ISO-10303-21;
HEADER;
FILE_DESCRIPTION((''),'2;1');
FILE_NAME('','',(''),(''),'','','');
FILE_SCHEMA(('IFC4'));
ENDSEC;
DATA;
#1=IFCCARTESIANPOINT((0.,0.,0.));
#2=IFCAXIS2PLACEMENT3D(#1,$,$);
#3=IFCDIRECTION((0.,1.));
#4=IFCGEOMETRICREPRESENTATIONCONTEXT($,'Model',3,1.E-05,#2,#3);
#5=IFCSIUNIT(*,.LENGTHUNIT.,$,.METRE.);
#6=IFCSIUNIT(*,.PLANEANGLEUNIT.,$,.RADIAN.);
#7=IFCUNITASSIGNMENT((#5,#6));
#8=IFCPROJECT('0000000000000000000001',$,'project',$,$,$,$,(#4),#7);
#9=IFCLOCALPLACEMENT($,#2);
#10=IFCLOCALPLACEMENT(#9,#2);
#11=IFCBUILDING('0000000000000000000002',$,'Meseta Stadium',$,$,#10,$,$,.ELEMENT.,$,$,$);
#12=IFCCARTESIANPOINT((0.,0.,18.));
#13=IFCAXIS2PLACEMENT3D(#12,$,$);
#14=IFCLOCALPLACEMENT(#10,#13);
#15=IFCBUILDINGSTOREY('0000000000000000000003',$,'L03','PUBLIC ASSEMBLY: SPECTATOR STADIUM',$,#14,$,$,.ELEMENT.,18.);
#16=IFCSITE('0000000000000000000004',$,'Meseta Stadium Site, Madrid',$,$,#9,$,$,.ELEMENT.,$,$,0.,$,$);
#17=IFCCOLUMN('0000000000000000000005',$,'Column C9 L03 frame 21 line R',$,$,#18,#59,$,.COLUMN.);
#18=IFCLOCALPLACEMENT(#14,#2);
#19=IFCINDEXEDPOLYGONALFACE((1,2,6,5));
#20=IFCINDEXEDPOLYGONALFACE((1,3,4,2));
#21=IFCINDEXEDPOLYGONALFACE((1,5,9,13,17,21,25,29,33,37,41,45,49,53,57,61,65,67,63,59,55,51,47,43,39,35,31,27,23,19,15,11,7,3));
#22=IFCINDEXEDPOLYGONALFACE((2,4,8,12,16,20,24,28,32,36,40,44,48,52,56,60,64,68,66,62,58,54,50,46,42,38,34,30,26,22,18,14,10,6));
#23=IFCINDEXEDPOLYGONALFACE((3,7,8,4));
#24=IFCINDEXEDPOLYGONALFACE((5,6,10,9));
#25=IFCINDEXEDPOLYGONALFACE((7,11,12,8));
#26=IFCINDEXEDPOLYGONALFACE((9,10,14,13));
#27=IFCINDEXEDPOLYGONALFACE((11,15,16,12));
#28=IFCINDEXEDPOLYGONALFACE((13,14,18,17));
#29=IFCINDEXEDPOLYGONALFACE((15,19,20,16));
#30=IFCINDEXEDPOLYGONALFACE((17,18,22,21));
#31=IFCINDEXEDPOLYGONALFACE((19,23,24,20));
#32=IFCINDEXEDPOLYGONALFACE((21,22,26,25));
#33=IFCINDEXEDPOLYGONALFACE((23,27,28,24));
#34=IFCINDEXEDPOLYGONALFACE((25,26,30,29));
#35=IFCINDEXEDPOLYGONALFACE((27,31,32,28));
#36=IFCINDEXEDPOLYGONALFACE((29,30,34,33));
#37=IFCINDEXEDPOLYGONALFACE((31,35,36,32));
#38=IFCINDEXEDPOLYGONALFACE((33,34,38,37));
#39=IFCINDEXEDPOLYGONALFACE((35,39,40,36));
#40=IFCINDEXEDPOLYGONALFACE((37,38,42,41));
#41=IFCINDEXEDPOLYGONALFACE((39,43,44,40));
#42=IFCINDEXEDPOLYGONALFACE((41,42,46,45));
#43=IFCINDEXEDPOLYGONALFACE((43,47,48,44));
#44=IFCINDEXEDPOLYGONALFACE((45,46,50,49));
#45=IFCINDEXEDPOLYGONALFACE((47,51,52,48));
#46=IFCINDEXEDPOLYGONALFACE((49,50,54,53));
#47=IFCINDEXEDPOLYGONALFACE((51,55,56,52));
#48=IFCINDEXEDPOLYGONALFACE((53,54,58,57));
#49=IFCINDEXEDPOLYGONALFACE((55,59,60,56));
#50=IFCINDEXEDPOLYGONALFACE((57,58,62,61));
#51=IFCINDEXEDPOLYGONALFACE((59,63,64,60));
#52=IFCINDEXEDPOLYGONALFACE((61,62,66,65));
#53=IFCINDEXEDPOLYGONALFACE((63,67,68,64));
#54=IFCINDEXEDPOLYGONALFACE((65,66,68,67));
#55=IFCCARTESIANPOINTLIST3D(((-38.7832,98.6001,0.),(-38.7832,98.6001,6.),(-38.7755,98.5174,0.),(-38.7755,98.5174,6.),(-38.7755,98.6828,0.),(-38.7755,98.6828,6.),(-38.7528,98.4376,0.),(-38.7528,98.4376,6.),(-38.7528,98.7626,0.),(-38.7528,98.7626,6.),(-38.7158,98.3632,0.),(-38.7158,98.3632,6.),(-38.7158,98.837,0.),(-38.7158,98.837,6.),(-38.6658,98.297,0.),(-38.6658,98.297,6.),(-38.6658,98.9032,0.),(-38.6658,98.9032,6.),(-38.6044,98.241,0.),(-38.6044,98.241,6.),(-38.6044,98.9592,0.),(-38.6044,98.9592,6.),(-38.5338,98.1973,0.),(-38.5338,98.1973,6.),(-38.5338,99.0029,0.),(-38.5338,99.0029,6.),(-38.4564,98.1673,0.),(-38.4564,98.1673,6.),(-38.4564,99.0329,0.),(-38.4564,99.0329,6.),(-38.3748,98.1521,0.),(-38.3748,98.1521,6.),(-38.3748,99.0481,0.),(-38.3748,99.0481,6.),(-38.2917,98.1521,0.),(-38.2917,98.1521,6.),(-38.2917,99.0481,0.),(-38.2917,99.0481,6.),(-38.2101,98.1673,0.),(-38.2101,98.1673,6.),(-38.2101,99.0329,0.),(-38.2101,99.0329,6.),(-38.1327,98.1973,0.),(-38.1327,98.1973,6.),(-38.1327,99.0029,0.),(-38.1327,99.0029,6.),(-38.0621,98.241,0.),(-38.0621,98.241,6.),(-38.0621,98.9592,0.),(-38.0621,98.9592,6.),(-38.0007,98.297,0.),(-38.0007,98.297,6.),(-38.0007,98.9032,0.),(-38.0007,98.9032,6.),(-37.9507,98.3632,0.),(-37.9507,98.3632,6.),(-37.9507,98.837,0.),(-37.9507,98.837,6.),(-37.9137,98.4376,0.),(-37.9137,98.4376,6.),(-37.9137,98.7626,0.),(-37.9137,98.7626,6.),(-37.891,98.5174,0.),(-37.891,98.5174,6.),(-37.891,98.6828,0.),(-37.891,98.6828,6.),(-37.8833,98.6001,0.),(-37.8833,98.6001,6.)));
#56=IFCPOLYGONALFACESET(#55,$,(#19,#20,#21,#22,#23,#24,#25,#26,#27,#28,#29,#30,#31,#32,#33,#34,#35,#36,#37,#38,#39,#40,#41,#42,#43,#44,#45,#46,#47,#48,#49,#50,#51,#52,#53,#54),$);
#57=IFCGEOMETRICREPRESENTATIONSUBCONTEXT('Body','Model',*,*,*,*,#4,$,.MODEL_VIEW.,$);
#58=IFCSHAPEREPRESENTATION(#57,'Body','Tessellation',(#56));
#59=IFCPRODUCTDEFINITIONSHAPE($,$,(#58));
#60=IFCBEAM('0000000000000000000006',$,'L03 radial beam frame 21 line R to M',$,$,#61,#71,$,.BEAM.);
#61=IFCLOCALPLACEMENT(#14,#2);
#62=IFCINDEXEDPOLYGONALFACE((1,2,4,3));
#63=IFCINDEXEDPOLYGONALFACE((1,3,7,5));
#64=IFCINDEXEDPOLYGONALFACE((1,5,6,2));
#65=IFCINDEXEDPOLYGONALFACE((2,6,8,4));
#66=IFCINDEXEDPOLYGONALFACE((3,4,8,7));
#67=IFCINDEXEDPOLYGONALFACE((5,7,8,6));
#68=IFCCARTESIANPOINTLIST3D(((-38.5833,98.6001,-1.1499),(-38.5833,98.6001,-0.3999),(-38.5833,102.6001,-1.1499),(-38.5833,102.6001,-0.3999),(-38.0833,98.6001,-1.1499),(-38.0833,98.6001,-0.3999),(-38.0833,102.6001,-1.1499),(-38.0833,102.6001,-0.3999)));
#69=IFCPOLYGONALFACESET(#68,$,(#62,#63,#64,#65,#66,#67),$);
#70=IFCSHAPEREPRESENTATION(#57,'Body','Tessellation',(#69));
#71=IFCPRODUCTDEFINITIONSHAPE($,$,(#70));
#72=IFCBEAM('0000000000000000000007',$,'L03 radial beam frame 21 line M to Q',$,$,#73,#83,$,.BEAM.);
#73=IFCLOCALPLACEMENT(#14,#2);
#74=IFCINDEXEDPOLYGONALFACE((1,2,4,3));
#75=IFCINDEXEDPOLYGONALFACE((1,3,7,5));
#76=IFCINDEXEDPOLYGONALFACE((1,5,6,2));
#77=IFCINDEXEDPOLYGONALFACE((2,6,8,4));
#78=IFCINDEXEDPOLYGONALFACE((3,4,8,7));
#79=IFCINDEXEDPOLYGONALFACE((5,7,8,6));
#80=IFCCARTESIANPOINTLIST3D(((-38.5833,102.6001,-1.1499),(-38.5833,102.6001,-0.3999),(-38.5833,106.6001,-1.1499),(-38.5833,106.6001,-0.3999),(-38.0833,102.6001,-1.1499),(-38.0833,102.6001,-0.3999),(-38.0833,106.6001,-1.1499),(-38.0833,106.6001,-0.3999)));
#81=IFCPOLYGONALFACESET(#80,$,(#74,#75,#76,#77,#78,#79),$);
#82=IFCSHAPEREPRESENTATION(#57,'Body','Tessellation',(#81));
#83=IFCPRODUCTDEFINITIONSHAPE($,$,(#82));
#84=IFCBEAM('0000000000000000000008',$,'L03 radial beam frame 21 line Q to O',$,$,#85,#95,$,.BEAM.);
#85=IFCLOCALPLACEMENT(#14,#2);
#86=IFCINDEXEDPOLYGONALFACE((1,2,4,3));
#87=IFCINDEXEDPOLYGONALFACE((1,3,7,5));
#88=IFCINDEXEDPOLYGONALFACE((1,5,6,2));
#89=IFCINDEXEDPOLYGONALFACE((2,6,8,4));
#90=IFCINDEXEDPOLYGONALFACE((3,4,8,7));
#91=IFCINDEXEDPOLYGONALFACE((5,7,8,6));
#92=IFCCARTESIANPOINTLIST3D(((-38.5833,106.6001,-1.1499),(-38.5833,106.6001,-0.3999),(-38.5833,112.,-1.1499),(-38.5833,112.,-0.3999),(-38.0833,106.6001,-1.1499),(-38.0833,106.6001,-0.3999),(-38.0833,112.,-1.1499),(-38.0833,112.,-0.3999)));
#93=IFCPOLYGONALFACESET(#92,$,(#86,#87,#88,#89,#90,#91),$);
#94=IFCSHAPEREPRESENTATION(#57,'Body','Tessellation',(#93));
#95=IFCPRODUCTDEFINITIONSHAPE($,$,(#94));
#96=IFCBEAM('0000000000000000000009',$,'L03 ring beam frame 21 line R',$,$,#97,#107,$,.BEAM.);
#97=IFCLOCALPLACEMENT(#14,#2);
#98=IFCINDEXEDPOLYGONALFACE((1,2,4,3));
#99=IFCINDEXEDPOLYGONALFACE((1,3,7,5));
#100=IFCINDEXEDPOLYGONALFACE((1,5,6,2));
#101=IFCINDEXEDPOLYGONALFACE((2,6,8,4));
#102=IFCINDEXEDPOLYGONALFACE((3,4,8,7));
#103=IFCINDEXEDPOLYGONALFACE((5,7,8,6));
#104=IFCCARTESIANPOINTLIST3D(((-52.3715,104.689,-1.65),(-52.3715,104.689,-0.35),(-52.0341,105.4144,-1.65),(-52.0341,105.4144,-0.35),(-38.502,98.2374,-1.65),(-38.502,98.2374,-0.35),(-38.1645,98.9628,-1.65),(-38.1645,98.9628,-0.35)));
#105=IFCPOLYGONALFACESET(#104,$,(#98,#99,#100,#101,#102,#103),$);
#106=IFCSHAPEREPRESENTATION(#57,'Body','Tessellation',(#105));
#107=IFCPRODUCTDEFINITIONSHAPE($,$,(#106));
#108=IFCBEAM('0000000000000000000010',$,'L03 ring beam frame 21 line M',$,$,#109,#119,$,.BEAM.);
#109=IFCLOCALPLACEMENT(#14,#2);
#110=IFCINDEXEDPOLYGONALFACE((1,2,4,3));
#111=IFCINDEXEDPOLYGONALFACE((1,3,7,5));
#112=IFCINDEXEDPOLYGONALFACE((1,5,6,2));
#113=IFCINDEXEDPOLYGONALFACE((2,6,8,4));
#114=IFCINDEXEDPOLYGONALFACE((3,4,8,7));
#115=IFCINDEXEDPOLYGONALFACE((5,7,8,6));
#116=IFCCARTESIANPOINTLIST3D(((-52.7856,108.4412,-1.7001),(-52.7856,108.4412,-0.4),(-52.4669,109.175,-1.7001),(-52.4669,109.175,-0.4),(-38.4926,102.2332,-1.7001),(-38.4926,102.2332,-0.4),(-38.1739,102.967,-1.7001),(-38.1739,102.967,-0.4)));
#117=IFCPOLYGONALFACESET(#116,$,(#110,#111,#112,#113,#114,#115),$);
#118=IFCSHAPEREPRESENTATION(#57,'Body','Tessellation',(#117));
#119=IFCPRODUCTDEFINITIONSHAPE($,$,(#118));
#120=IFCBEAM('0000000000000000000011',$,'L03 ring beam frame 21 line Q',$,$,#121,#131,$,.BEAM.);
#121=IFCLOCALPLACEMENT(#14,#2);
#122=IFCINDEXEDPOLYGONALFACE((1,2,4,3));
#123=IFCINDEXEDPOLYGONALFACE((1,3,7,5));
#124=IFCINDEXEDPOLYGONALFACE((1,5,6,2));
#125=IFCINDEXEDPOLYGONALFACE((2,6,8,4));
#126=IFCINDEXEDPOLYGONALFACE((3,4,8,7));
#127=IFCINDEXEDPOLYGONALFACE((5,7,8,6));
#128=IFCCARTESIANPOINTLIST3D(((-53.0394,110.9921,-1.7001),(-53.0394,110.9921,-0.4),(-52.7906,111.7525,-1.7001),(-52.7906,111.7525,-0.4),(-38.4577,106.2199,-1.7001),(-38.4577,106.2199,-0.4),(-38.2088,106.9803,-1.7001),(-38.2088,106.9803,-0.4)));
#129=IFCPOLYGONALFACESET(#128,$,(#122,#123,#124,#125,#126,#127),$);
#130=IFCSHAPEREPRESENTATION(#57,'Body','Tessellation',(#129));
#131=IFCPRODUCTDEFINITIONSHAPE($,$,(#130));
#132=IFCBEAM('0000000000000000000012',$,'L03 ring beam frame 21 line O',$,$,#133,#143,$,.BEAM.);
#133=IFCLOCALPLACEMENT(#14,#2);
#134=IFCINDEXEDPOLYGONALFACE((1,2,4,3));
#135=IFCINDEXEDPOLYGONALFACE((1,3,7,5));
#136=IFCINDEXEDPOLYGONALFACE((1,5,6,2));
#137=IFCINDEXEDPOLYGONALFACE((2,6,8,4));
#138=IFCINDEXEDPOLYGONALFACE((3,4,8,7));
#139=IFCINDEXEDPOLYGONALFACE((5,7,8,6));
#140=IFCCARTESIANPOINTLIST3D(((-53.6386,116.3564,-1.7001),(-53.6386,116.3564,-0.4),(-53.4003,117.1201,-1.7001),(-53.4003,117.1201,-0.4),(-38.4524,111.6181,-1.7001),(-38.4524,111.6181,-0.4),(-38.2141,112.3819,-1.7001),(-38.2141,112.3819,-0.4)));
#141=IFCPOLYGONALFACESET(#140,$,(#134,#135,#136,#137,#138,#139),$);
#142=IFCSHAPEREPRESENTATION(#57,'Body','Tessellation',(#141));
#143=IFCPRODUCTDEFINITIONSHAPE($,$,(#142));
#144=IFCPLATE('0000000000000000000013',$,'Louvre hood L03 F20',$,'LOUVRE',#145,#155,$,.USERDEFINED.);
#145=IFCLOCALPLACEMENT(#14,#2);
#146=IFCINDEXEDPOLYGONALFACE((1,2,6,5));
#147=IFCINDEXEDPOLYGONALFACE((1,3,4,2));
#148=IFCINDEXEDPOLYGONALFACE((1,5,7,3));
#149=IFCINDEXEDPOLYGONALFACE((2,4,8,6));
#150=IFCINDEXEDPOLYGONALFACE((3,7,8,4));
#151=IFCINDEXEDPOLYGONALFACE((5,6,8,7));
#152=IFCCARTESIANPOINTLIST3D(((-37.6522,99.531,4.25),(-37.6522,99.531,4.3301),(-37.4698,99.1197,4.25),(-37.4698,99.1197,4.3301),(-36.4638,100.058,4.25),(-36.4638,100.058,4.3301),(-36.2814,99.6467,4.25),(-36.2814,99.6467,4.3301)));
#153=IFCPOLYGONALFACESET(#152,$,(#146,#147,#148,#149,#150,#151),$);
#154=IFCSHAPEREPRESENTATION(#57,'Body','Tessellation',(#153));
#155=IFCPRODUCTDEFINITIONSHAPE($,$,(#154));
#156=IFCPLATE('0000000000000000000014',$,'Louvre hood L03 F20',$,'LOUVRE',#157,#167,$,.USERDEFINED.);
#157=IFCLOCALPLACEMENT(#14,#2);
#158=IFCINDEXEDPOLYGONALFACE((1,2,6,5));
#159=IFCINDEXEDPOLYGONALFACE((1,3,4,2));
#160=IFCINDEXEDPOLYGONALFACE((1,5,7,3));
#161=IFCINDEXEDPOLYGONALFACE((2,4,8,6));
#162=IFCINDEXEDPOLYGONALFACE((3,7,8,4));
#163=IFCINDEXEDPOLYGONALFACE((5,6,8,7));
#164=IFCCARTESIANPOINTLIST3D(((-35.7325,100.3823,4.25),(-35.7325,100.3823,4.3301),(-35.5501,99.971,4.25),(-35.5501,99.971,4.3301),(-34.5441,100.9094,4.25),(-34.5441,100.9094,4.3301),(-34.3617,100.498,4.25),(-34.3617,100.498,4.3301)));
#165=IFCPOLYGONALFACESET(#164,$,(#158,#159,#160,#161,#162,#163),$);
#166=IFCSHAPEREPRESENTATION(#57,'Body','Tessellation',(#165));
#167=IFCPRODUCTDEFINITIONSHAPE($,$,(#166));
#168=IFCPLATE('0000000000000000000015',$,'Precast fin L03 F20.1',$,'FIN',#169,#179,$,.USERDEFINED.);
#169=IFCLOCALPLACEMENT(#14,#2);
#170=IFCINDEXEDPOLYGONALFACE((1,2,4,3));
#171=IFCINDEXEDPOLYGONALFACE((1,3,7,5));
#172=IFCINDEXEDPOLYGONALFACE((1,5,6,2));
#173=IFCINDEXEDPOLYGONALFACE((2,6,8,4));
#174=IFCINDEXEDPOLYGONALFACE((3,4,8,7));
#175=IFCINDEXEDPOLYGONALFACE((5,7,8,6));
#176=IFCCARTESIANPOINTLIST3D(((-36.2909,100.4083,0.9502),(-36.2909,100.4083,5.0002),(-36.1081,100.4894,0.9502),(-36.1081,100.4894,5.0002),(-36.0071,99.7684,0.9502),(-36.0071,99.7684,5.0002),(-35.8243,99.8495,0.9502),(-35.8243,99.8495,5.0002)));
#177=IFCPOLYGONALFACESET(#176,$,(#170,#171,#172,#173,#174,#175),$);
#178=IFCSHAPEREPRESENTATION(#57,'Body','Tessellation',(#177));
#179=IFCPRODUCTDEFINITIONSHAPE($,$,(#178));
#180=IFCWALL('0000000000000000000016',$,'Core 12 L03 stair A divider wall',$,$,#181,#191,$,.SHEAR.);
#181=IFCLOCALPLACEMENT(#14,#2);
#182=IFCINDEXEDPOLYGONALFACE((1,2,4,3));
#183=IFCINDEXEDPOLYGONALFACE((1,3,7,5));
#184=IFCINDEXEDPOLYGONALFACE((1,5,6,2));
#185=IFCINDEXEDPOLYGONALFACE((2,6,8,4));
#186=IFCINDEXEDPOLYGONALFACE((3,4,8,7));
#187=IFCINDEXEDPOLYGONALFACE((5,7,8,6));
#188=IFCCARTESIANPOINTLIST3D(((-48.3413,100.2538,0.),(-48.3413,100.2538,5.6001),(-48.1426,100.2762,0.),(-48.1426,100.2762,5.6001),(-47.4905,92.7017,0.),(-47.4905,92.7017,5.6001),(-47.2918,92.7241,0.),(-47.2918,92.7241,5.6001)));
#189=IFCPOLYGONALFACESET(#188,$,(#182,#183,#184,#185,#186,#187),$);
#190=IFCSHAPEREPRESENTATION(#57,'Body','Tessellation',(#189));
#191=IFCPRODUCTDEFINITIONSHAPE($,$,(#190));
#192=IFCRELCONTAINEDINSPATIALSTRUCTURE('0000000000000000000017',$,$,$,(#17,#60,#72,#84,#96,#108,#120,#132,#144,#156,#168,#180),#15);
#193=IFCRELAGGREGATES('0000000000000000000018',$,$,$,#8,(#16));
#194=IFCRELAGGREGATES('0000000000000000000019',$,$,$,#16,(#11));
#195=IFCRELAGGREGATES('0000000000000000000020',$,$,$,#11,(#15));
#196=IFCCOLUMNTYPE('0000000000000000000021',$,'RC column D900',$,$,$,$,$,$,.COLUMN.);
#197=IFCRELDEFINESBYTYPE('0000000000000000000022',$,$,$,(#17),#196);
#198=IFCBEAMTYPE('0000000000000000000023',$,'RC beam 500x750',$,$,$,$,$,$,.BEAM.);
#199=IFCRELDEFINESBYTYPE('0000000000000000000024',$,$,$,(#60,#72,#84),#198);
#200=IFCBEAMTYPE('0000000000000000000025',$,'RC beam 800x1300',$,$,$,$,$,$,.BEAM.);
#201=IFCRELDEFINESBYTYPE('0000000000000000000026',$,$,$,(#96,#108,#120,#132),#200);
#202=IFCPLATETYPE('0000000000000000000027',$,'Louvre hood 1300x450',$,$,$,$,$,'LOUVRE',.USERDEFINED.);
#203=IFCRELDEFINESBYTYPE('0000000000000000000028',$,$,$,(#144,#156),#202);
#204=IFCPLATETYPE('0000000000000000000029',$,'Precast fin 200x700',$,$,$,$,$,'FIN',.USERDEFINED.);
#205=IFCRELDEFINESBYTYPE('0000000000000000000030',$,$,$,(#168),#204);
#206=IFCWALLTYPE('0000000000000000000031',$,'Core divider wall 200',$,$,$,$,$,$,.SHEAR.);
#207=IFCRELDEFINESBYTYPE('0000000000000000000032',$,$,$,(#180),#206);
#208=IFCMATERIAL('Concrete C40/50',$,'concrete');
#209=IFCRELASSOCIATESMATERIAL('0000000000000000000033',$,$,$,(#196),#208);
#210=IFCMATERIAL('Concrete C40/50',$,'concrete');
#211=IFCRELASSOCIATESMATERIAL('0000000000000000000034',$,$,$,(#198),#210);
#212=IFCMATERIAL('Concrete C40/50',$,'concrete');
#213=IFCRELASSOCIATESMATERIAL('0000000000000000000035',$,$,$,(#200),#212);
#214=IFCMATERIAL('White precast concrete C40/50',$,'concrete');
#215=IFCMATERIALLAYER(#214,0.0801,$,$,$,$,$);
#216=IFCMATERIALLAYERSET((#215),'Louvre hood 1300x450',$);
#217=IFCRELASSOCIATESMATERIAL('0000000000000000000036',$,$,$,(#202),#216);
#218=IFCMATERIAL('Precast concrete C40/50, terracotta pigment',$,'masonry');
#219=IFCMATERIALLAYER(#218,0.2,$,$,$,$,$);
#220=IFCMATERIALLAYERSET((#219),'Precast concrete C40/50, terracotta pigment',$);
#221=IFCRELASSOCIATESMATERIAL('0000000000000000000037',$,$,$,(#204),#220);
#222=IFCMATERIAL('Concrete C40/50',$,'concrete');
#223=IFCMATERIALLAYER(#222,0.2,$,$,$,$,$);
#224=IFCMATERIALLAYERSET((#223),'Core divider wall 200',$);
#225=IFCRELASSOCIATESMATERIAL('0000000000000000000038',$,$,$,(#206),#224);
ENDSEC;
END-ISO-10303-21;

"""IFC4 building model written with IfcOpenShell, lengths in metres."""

from ifc_helpers import new_model, si_unit, direction, frame, frame_2d, origin, origin_2d, place, context, subcontext, project, spatial, rectangle, circle, extrude, material, layer, layer_set, material_profile, profile_set, type_object, element, save


model = new_model("IFC4")

# Units and contexts
model_context = context("Model", 3, precision=1e-05, world=origin(), true_north=direction((0.0, 1.0)))
body_context = subcontext(model_context, "Body", "Model", "MODEL_VIEW")
ifc_project = project(units=[si_unit("LENGTHUNIT", "METRE"), si_unit("PLANEANGLEUNIT", "RADIAN")], contexts=[model_context])

# Site, building, storey
site_placement = place(None, origin())
site = spatial("IfcSite", under=ifc_project, at=site_placement, Name="Meseta Stadium Site, Madrid", CompositionType="ELEMENT", RefElevation=0.0)
building_placement = place(site_placement, origin())
building = spatial("IfcBuilding", under=site, at=building_placement, Name="Meseta Stadium", CompositionType="ELEMENT")
storey_placement = place(building_placement, frame((0.0, 0.0, 18.0)))
storey = spatial("IfcBuildingStorey", under=building, at=storey_placement, Name="L03", Description="PUBLIC ASSEMBLY: SPECTATOR STADIUM", CompositionType="ELEMENT", Elevation=18.0)

# Column
ifc_material_1 = material(Name="Concrete C40/50", Category="concrete")
ifc_material_profile_1 = material_profile(ifc_material_1, circle(Radius=0.45, at=origin_2d()), Name="RC D900")
ifc_profile_set_1 = profile_set([ifc_material_profile_1], Name="Concrete C40/50")
column_type = type_object("IfcColumnType", Name="RC column D900", PredefinedType="COLUMN", material=ifc_profile_set_1)
column_placement = place(storey_placement, frame((-38.3333, 98.6001, 0.0), z_axis=(0.0, 0.0, 1.0), x_axis=(1.0, 0.0, 0.0)))
element("IfcColumn", 1, at=column_placement, inside=storey, type_object=column_type, Name="Column C9 L03 frame 21 line R", PredefinedType="COLUMN", context=body_context, shape_type="SweptSolid", body=[
    extrude(circle(Radius=0.45, at=origin_2d()), origin(), (0.0, 0.0, 1.0), 6.0),
])

# Beams
ifc_material_2 = material(Name="Concrete C40/50", Category="concrete")
ifc_material_profile_2 = material_profile(ifc_material_2, rectangle(XDim=0.5, YDim=0.75, at=origin_2d()), Name="RC 500x750")
ifc_profile_set_2 = profile_set([ifc_material_profile_2], Name="Concrete C40/50")
beam_type_1 = type_object("IfcBeamType", Name="RC beam 500x750", PredefinedType="BEAM", material=ifc_profile_set_2)
for number, where, z_axis, x_axis, name in (
    (2, (-38.3333, 98.6001, -0.7749), (0.0, 1.0, 0.0), (-1.0, 0.0, 0.0), "L03 radial beam frame 21 line R to M"),
    (3, (-38.3333, 102.6001, -0.7749), (0.0, 1.0, 0.0), (-1.0, 0.0, 0.0), "L03 radial beam frame 21 line M to Q"),
):
    element("IfcBeam", number, at=place(storey_placement, frame(where, z_axis=z_axis, x_axis=x_axis)), inside=storey, type_object=beam_type_1, Name=name, PredefinedType="BEAM", context=body_context, shape_type="SweptSolid", body=[
        extrude(rectangle(XDim=0.5, YDim=0.75, at=origin_2d()), origin(), (0.0, 0.0, 1.0), 4.0),
    ])
beam_1_placement = place(storey_placement, frame((-38.3333, 106.6001, -0.7749), z_axis=(0.0, 1.0, 0.0), x_axis=(-1.0, 0.0, 0.0)))
element("IfcBeam", 4, at=beam_1_placement, inside=storey, type_object=beam_type_1, Name="L03 radial beam frame 21 line Q to O", PredefinedType="BEAM", context=body_context, shape_type="SweptSolid", body=[
    extrude(rectangle(XDim=0.5, YDim=0.75, at=origin_2d()), origin(), (0.0, 0.0, 1.0), 5.3999),
])
ifc_material_3 = material(Name="Concrete C40/50", Category="concrete")
ifc_material_profile_3 = material_profile(ifc_material_3, rectangle(XDim=0.8, YDim=1.3, at=origin_2d()), Name="RC 800x1300")
ifc_profile_set_3 = profile_set([ifc_material_profile_3], Name="Concrete C40/50")
beam_type_2 = type_object("IfcBeamType", Name="RC beam 800x1300", PredefinedType="BEAM", material=ifc_profile_set_3)
beam_2_placement = place(storey_placement, frame((-38.3333, 98.6001, -1.0), z_axis=(-0.906704, 0.421767, 0.0), x_axis=(-0.421767, -0.906704, 0.0)))
element("IfcBeam", 5, at=beam_2_placement, inside=storey, type_object=beam_type_2, Name="L03 ring beam frame 21 line R", PredefinedType="BEAM", context=body_context, shape_type="SweptSolid", body=[
    extrude(rectangle(XDim=0.8, YDim=1.3, at=origin_2d()), origin(), (0.0, 0.0, 1.0), 15.2966),
])
beam_3_placement = place(storey_placement, frame((-38.3333, 102.6001, -1.05), z_axis=(-0.917218, 0.398385, 0.0), x_axis=(-0.398385, -0.917218, 0.0)))
element("IfcBeam", 6, at=beam_3_placement, inside=storey, type_object=beam_type_2, Name="L03 ring beam frame 21 line M", PredefinedType="BEAM", context=body_context, shape_type="SweptSolid", body=[
    extrude(rectangle(XDim=0.8, YDim=1.3, at=origin_2d()), origin(), (0.0, 0.0, 1.0), 15.583),
])
beam_4_placement = place(storey_placement, frame((-38.3333, 106.6001, -1.05), z_axis=(-0.950397, 0.311039, 0.0), x_axis=(-0.311039, -0.950397, 0.0)))
element("IfcBeam", 7, at=beam_4_placement, inside=storey, type_object=beam_type_2, Name="L03 ring beam frame 21 line Q", PredefinedType="BEAM", context=body_context, shape_type="SweptSolid", body=[
    extrude(rectangle(XDim=0.8, YDim=1.3, at=origin_2d()), origin(), (0.0, 0.0, 1.0), 15.3428),
])
beam_5_placement = place(storey_placement, frame((-38.3333, 112.0, -1.05), z_axis=(-0.954613, 0.297849, 0.0), x_axis=(-0.297849, -0.954613, 0.0)))
element("IfcBeam", 8, at=beam_5_placement, inside=storey, type_object=beam_type_2, Name="L03 ring beam frame 21 line O", PredefinedType="BEAM", context=body_context, shape_type="SweptSolid", body=[
    extrude(rectangle(XDim=0.8, YDim=1.3, at=origin_2d()), origin(), (0.0, 0.0, 1.0), 15.9082),
])

# Plates
ifc_material_4 = material(Name="White precast concrete C40/50", Category="concrete")
ifc_layer_1 = layer(ifc_material_4, 0.0801)
ifc_layer_set_1 = layer_set([ifc_layer_1], Name="Louvre hood 1300x450")
plate_type_1 = type_object("IfcPlateType", Name="Louvre hood 1300x450", ElementType="LOUVRE", PredefinedType="USERDEFINED", material=ifc_layer_set_1)
for number, where, z_axis, x_axis, name in (
    (9, (-36.9668, 99.5889, 4.25), (0.0, 0.0, 1.0), (-0.914139, -0.405401, 0.0), "Louvre hood L03 F20"),
    (10, (-35.0471, 100.4402, 4.25), (0.0, 0.0, 1.0), (-0.914139, -0.405401, 0.0), "Louvre hood L03 F20"),
):
    element("IfcPlate", number, at=place(storey_placement, frame(where, z_axis=z_axis, x_axis=x_axis)), inside=storey, type_object=plate_type_1, Name=name, ObjectType="LOUVRE", PredefinedType="USERDEFINED", context=body_context, shape_type="SweptSolid", body=[
        extrude(rectangle(XDim=1.3, YDim=0.45, at=origin_2d()), origin(), (0.0, 0.0, 1.0), 0.0801),
    ])
ifc_material_5 = material(Name="Precast concrete C40/50, terracotta pigment", Category="masonry")
ifc_layer_2 = layer(ifc_material_5, 0.2)
ifc_layer_set_2 = layer_set([ifc_layer_2], Name="Precast concrete C40/50, terracotta pigment")
plate_type_2 = type_object("IfcPlateType", Name="Precast fin 200x700", ElementType="FIN", PredefinedType="USERDEFINED", material=ifc_layer_set_2)
plate_placement = place(storey_placement, frame((-36.0576, 100.1289, 0.9502), z_axis=(0.0, 0.0, 1.0), x_axis=(0.914139, 0.4054, 0.0)))
element("IfcPlate", 11, at=plate_placement, inside=storey, type_object=plate_type_2, Name="Precast fin L03 F20.1", ObjectType="FIN", PredefinedType="USERDEFINED", context=body_context, shape_type="SweptSolid", body=[
    extrude(rectangle(XDim=0.2, YDim=0.7, at=origin_2d()), origin(), (0.0, 0.0, 1.0), 4.05),
])

# Wall
ifc_material_6 = material(Name="Concrete C40/50", Category="concrete")
ifc_layer_3 = layer(ifc_material_6, 0.2)
ifc_layer_set_3 = layer_set([ifc_layer_3], Name="Core divider wall 200")
wall_type_1 = type_object("IfcWallType", Name="Core divider wall 200", PredefinedType="SHEAR", material=ifc_layer_set_3)
wall_1_placement = place(storey_placement, frame((-48.2419, 100.2649, 0.0), z_axis=(0.0, 0.0, 1.0), x_axis=(0.111955, -0.993713, 0.0)))
element("IfcWall", 12, at=wall_1_placement, inside=storey, type_object=wall_type_1, Name="Core 12 L03 stair A divider wall", PredefinedType="SHEAR", context=body_context, shape_type="SweptSolid", body=[
    extrude(rectangle(XDim=7.5999, YDim=0.2, at=frame_2d((3.7998, 0.0))), origin(), (0.0, 0.0, 1.0), 5.6001),
])

save(model, "model.ifc")
